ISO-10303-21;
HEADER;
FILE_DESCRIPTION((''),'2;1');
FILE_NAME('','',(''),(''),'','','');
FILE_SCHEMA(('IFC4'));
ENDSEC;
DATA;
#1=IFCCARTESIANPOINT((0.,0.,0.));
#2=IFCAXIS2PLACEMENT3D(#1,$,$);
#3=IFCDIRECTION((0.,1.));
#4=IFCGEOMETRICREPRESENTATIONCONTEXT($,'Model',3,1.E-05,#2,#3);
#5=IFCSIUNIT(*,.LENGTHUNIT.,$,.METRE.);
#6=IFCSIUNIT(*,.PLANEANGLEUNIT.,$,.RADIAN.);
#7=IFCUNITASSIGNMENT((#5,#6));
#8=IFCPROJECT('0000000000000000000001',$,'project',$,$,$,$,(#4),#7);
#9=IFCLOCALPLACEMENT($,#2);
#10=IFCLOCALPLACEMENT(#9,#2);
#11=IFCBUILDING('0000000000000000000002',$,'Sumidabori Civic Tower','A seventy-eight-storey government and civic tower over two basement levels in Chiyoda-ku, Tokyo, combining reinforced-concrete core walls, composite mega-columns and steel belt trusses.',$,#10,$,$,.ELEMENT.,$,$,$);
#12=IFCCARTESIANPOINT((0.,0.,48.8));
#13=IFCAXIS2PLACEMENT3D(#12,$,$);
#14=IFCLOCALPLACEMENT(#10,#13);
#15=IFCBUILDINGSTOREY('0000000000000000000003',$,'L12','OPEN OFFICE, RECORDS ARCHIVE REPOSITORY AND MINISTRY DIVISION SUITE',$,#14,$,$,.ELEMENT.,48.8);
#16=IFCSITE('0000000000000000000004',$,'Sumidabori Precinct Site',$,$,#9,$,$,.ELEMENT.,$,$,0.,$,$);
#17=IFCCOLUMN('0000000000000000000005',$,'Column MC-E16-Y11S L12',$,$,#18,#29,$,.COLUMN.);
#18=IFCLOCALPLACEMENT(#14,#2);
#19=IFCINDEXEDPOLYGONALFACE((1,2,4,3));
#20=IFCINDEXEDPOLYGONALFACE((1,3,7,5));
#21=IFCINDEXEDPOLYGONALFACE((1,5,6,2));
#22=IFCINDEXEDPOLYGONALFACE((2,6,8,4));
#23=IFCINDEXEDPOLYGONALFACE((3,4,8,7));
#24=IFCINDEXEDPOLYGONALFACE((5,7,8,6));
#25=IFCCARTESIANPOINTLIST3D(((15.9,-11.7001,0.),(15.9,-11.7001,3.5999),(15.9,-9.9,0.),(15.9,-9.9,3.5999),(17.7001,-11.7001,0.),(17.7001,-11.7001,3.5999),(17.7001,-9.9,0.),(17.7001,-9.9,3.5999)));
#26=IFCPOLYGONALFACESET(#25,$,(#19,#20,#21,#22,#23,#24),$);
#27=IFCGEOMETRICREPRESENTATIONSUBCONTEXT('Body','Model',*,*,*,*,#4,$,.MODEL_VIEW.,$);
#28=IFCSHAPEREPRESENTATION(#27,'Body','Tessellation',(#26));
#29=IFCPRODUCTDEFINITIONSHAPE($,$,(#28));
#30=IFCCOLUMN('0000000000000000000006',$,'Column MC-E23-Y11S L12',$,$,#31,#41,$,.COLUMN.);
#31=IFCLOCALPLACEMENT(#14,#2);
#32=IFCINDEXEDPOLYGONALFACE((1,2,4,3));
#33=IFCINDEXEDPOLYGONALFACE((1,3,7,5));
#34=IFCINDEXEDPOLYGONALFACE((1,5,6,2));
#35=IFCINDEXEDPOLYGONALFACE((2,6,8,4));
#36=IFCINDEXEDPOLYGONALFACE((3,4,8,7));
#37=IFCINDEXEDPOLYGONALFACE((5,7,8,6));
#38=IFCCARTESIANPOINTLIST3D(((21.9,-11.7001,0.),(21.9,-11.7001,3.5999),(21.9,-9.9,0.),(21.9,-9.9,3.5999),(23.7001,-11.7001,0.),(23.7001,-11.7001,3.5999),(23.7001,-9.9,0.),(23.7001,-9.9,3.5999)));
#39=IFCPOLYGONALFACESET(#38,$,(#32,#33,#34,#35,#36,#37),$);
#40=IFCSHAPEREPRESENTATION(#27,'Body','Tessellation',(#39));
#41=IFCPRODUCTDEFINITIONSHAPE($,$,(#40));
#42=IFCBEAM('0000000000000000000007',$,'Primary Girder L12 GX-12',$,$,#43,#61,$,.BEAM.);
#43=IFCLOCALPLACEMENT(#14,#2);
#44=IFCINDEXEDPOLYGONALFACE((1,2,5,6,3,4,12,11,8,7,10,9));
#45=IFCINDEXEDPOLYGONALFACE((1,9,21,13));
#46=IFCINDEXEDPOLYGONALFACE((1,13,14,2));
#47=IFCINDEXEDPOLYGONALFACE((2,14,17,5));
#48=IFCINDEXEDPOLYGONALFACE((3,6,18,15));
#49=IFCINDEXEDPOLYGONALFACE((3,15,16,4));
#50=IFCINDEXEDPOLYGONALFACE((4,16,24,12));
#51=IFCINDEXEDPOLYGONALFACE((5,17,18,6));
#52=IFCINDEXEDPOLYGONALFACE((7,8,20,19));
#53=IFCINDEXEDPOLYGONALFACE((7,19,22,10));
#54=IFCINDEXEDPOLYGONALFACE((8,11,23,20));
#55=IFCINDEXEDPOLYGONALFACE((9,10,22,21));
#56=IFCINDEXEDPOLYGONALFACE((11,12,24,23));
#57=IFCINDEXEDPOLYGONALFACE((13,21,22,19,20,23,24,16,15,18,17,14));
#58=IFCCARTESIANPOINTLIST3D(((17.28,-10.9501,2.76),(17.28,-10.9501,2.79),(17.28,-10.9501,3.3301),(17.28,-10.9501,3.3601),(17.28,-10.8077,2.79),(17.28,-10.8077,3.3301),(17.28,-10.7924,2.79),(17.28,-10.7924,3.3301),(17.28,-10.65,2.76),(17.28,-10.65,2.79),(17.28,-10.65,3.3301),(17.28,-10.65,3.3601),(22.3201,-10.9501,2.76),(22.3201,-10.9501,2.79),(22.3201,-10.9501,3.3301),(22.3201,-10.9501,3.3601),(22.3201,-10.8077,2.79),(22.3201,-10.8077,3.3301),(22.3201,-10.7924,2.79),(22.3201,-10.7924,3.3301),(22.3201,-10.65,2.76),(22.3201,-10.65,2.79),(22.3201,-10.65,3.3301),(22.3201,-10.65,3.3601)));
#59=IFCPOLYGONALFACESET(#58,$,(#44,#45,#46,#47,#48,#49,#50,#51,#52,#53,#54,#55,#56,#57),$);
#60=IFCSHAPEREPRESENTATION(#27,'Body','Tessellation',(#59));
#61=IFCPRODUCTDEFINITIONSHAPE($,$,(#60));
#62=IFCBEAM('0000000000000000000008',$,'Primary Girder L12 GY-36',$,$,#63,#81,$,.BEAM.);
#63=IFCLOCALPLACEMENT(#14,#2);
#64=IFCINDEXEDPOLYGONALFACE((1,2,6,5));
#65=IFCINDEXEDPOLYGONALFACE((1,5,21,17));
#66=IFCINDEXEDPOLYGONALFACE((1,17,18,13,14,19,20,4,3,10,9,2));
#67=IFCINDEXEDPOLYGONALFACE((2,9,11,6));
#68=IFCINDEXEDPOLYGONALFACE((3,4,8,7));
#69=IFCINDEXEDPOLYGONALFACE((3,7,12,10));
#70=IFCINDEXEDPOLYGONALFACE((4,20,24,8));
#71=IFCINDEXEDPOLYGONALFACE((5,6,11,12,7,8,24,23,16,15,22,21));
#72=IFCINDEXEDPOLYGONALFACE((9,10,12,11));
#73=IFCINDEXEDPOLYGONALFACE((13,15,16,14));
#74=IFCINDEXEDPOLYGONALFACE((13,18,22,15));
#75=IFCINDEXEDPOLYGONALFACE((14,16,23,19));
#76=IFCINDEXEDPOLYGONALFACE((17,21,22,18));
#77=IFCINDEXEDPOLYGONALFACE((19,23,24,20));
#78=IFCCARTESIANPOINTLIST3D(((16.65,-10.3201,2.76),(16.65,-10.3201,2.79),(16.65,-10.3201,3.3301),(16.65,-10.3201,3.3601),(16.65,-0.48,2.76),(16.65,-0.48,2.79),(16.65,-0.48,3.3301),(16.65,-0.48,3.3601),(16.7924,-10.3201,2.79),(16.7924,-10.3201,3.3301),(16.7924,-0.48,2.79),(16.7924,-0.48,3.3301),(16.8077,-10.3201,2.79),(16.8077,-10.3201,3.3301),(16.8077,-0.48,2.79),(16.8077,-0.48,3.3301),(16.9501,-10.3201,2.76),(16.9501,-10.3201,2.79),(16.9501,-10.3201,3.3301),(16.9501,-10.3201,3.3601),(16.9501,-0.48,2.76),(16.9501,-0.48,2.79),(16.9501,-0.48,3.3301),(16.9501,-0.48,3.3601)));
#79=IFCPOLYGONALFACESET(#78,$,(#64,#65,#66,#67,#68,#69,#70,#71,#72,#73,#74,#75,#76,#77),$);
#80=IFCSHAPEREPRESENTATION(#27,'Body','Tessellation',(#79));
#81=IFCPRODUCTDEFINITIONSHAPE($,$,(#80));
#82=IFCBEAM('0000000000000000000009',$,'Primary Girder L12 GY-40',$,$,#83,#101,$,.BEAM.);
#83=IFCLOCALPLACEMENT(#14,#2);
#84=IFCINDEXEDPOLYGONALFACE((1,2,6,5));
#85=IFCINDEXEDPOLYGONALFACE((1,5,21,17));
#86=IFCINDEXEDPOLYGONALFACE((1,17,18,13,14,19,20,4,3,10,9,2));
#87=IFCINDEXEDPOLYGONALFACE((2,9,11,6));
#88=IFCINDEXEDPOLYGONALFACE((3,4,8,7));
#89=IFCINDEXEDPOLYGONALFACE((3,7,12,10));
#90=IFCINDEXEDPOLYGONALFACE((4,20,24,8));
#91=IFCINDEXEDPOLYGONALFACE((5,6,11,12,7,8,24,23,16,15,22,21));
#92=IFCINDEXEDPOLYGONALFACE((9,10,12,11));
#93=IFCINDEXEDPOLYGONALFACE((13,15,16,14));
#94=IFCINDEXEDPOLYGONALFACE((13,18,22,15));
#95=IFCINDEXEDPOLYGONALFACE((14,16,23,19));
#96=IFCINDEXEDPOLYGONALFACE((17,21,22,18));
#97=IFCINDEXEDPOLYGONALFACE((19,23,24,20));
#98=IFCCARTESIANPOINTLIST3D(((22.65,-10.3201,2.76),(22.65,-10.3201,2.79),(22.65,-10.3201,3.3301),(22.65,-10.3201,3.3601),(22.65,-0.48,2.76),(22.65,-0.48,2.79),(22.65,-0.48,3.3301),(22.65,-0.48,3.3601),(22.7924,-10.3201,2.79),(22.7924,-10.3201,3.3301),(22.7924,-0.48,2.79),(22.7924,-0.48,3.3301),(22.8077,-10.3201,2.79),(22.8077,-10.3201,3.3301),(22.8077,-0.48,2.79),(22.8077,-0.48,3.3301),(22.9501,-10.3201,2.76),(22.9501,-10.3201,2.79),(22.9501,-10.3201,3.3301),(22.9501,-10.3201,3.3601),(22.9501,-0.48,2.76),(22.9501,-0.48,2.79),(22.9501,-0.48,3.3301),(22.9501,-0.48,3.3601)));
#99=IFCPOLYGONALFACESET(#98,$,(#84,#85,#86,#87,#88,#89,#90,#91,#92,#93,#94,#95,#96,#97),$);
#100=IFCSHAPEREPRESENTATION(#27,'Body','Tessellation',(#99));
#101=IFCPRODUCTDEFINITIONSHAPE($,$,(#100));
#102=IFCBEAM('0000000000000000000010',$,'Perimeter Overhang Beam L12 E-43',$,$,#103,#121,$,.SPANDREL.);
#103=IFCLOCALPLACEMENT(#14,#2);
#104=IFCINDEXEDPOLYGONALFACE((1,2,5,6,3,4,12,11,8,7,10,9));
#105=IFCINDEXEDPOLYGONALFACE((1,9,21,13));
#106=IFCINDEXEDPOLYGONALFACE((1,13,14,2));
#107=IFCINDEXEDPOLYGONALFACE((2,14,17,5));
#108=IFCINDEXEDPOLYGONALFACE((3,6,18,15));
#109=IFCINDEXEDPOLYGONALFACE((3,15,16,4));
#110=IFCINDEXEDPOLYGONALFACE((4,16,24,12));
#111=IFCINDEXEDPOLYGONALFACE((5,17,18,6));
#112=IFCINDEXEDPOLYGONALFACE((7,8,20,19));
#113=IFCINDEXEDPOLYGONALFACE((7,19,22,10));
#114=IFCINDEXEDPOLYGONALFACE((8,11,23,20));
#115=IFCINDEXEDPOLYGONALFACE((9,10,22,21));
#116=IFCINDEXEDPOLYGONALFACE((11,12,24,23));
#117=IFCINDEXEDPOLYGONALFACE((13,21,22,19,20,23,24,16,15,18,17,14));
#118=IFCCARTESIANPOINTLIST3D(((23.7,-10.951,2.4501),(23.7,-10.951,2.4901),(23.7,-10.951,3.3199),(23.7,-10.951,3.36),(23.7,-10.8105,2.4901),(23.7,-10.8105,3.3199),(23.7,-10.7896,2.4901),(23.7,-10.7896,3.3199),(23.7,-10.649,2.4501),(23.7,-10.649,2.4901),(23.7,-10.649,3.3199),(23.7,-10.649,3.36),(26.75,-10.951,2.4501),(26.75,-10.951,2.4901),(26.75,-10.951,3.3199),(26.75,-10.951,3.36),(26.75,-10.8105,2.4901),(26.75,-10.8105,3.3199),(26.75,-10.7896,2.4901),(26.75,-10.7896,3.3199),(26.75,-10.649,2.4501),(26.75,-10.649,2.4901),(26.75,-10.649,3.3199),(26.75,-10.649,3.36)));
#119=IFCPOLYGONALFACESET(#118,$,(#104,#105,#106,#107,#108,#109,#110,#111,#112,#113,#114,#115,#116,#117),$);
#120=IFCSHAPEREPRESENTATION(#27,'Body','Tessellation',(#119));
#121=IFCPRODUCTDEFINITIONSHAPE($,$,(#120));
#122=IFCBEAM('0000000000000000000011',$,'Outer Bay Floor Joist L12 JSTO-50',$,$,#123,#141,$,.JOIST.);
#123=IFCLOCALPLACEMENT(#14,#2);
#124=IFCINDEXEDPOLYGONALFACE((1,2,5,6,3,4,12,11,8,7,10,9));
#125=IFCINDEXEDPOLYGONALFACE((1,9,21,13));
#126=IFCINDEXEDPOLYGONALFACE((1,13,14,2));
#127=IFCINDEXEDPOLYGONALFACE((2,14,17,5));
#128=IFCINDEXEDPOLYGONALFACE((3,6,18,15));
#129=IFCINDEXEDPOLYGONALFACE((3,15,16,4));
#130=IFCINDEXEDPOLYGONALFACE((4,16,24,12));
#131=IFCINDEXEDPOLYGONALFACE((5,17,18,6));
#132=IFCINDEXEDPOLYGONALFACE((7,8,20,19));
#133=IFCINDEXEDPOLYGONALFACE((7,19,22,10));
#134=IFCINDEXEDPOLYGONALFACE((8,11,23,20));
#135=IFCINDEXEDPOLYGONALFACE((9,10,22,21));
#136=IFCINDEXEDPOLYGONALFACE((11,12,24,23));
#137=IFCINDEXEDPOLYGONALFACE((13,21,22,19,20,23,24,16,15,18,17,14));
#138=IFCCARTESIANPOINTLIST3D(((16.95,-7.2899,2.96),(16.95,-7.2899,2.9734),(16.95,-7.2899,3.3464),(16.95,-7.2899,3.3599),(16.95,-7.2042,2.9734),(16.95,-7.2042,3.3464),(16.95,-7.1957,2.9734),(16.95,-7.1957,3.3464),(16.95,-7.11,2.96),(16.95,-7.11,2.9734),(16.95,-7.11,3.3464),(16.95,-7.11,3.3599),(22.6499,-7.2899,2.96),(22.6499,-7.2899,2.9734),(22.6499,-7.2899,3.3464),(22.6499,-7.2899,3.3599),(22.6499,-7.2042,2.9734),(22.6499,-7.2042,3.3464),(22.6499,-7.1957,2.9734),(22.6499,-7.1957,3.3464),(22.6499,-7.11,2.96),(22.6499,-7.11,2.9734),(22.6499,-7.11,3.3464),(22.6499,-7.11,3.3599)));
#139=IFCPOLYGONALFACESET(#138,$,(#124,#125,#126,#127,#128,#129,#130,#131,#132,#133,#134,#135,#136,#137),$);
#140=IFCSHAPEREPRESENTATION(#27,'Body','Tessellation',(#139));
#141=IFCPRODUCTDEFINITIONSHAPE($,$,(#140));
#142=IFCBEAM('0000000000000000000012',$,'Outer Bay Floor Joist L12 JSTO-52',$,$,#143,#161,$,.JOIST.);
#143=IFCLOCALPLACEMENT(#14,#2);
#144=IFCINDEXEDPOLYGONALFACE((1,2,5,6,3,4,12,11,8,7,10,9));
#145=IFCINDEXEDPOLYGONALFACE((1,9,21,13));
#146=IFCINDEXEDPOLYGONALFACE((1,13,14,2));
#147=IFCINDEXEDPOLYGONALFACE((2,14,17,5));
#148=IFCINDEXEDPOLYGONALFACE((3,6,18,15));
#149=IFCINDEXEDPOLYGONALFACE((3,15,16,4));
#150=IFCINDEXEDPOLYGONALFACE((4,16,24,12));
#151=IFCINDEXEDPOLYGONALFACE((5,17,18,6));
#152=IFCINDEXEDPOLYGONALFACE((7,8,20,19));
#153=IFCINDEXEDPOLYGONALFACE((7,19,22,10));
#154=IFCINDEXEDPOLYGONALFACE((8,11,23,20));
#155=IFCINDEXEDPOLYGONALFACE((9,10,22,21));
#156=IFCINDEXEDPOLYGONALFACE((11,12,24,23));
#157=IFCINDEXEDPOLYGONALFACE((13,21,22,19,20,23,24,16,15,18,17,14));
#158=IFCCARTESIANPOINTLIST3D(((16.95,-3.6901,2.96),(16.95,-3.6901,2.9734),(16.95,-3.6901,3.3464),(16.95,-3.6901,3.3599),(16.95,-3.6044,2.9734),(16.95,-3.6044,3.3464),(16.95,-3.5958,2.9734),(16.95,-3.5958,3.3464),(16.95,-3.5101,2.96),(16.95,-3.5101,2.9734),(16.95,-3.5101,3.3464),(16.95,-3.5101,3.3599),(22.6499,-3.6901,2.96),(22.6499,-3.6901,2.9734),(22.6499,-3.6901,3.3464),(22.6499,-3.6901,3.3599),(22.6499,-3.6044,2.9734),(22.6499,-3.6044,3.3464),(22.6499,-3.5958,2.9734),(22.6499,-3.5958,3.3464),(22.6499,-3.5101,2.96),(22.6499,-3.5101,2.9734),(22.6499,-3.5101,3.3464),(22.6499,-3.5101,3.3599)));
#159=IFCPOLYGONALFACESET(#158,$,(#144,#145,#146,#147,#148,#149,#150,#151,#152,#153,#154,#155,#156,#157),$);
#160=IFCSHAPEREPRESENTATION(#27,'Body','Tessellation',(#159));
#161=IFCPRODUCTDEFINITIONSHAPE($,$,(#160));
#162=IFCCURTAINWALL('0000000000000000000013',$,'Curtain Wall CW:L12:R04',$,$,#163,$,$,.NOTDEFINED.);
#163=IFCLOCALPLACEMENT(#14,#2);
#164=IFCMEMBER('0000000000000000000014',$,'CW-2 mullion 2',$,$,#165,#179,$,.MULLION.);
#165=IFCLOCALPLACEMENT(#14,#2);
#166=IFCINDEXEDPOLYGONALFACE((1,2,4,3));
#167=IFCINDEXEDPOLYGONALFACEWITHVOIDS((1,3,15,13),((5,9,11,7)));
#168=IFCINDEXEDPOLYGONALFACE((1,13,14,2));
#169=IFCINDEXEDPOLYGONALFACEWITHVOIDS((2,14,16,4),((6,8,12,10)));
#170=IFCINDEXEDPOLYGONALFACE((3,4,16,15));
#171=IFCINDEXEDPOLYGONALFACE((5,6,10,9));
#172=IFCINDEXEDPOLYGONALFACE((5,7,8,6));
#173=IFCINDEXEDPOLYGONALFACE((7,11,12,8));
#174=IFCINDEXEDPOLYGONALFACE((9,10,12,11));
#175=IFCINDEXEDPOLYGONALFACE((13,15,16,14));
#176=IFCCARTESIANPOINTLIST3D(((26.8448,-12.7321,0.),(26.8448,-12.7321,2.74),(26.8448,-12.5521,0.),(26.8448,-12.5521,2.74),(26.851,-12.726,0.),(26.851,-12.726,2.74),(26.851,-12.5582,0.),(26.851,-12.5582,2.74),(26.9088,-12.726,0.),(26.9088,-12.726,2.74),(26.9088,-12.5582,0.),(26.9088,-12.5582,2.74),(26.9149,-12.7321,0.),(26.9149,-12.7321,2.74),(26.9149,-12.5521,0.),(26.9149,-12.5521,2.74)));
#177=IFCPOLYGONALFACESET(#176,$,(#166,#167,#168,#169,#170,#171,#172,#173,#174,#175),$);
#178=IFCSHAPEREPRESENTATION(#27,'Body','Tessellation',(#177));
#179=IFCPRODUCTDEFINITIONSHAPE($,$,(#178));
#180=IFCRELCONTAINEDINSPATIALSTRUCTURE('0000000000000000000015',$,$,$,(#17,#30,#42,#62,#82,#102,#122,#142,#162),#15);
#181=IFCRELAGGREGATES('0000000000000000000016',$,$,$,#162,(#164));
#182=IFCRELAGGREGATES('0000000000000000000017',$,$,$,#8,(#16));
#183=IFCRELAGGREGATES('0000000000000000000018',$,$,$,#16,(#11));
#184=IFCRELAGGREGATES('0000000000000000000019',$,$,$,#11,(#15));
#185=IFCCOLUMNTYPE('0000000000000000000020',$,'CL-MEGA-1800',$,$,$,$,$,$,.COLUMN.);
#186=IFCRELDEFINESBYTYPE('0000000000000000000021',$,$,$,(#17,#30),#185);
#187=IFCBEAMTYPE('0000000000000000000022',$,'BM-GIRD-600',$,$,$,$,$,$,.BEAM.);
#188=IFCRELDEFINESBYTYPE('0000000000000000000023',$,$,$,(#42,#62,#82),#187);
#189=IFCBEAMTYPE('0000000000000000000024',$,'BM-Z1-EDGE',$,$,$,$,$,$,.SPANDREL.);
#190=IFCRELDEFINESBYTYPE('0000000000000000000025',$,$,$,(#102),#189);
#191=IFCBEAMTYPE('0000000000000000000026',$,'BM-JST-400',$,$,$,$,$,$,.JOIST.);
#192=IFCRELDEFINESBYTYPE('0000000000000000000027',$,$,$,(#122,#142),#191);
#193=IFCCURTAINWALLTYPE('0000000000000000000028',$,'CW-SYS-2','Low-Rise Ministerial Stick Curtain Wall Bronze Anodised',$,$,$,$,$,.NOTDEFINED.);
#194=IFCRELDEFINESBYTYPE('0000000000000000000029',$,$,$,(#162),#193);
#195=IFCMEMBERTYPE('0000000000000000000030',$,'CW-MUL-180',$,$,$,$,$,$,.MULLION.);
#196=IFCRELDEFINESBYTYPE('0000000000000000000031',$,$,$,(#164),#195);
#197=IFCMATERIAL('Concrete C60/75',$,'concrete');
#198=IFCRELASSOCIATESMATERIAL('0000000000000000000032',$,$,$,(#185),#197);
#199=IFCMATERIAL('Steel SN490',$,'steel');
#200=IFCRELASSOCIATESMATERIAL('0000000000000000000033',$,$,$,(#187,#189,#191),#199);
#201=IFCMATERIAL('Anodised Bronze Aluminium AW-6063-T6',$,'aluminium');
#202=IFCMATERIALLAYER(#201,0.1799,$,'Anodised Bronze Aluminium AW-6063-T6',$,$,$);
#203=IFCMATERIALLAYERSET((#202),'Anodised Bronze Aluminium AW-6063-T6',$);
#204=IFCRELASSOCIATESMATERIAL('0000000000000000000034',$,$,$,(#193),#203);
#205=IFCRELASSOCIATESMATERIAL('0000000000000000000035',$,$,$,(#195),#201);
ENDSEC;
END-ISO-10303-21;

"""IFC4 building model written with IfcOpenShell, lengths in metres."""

from ifc_helpers import new_model, si_unit, direction, frame, origin, origin_2d, place, context, subcontext, project, spatial, rectangle, hollow_rectangle, i_section, extrude, source, transform, mapped, material, layer, layer_set, material_profile, profile_set, type_object, element, aggregate, save


model = new_model("IFC4")

# Units and contexts
model_context = context("Model", 3, precision=1e-05, world=origin(), true_north=direction((0.0, 1.0)))
body_context = subcontext(model_context, "Body", "Model", "MODEL_VIEW")
ifc_project = project(units=[si_unit("LENGTHUNIT", "METRE"), si_unit("PLANEANGLEUNIT", "RADIAN")], contexts=[model_context])

# Site, building, storey
site_placement = place(None, origin())
site = spatial("IfcSite", under=ifc_project, at=site_placement, Name="Sumidabori Precinct Site", CompositionType="ELEMENT", RefElevation=0.0)
building_placement = place(site_placement, origin())
building = spatial("IfcBuilding", under=site, at=building_placement, Name="Sumidabori Civic Tower", Description="A seventy-eight-storey government and civic tower over two basement levels in Chiyoda-ku, Tokyo, combining reinforced-concrete core walls, composite mega-columns and steel belt trusses.", CompositionType="ELEMENT")
storey_placement = place(building_placement, frame((0.0, 0.0, 48.8)))
storey = spatial("IfcBuildingStorey", under=building, at=storey_placement, Name="L12", Description="OPEN OFFICE, RECORDS ARCHIVE REPOSITORY AND MINISTRY DIVISION SUITE", CompositionType="ELEMENT", Elevation=48.8)

# Columns
ifc_material_1 = material(Name="Concrete C60/75", Category="concrete")
ifc_material_profile_1 = material_profile(ifc_material_1, rectangle(XDim=1.8, YDim=1.8, at=origin_2d()), Name="RC 1800x1800")
ifc_profile_set_1 = profile_set([ifc_material_profile_1], Name="Concrete C60/75")
column_type = type_object("IfcColumnType", Name="CL-MEGA-1800", PredefinedType="COLUMN", material=ifc_profile_set_1)
shared_shape_1 = source(origin(), body_context, "Body", "SweptSolid", [
    extrude(rectangle(XDim=1.8, YDim=1.8, at=origin_2d()), origin(), (0.0, 0.0, 1.0), 3.5999),
])
for number, where, z_axis, x_axis, name in (
    (1, (16.8, -10.8, 0.0), (0.0, 0.0, 1.0), (1.0, 0.0, 0.0), "Column MC-E16-Y11S L12"),
    (2, (22.8, -10.8, 0.0), (0.0, 0.0, 1.0), (1.0, 0.0, 0.0), "Column MC-E23-Y11S L12"),
):
    element("IfcColumn", number, at=place(storey_placement, frame(where, z_axis=z_axis, x_axis=x_axis)), inside=storey, type_object=column_type, Name=name, PredefinedType="COLUMN", context=body_context, shape_type="MappedRepresentation", body=[
        mapped(shared_shape_1, transform((0.0, 0.0, 0.0), x_axis=(1.0, 0.0, 0.0), y_axis=(0.0, 1.0, 0.0), z_axis=(0.0, 0.0, 1.0), scale=1.0)),
    ])

# Beams
ifc_material_2 = material(Name="Steel SN490", Category="steel")
ifc_material_profile_2 = material_profile(ifc_material_2, i_section(OverallWidth=0.3, OverallDepth=0.6001, WebThickness=0.0154, FlangeThickness=0.03, at=origin_2d()), Name="HE 600 B")
ifc_profile_set_2 = profile_set([ifc_material_profile_2], Name="Steel SN490")
beam_type_1 = type_object("IfcBeamType", Name="BM-GIRD-600", PredefinedType="BEAM", material=ifc_profile_set_2)
shared_shape_2 = source(origin(), body_context, "Body", "SweptSolid", [
    extrude(i_section(OverallWidth=0.3, OverallDepth=0.6001, WebThickness=0.0154, FlangeThickness=0.03, at=origin_2d()), origin(), (0.0, 0.0, 1.0), 5.04),
])
beam_1_placement = place(storey_placement, frame((17.28, -10.8, 3.0601), z_axis=(1.0, 0.0, 0.0), x_axis=(0.0, 1.0, 0.0)))
element("IfcBeam", 3, at=beam_1_placement, inside=storey, type_object=beam_type_1, Name="Primary Girder L12 GX-12", PredefinedType="BEAM", context=body_context, shape_type="MappedRepresentation", body=[
    mapped(shared_shape_2, transform((0.0, 0.0, 0.0), x_axis=(1.0, 0.0, 0.0), y_axis=(0.0, 1.0, 0.0), z_axis=(0.0, 0.0, 1.0), scale=1.0)),
])
shared_shape_3 = source(origin(), body_context, "Body", "SweptSolid", [
    extrude(i_section(OverallWidth=0.3, OverallDepth=0.6001, WebThickness=0.0154, FlangeThickness=0.03, at=origin_2d()), origin(), (0.0, 0.0, 1.0), 9.8401),
])
for number, where, z_axis, x_axis, name in (
    (4, (16.8, -10.3201, 3.0601), (0.0, 1.0, 0.0), (-1.0, 0.0, 0.0), "Primary Girder L12 GY-36"),
    (5, (22.8, -10.3201, 3.0601), (0.0, 1.0, 0.0), (-1.0, 0.0, 0.0), "Primary Girder L12 GY-40"),
):
    element("IfcBeam", number, at=place(storey_placement, frame(where, z_axis=z_axis, x_axis=x_axis)), inside=storey, type_object=beam_type_1, Name=name, PredefinedType="BEAM", context=body_context, shape_type="MappedRepresentation", body=[
        mapped(shared_shape_3, transform((0.0, 0.0, 0.0), x_axis=(1.0, 0.0, 0.0), y_axis=(0.0, 1.0, 0.0), z_axis=(0.0, 0.0, 1.0), scale=1.0)),
    ])
ifc_material_profile_3 = material_profile(ifc_material_2, i_section(OverallWidth=0.302, OverallDepth=0.9099, WebThickness=0.021, FlangeThickness=0.04, at=origin_2d()), Name="HE 900 M")
ifc_profile_set_3 = profile_set([ifc_material_profile_3], Name="Steel SN490")
beam_type_2 = type_object("IfcBeamType", Name="BM-Z1-EDGE", PredefinedType="SPANDREL", material=ifc_profile_set_3)
shared_shape_4 = source(origin(), body_context, "Body", "SweptSolid", [
    extrude(i_section(OverallWidth=0.302, OverallDepth=0.9099, WebThickness=0.021, FlangeThickness=0.04, at=origin_2d()), origin(), (0.0, 0.0, 1.0), 3.05),
])
beam_2_placement = place(storey_placement, frame((23.7, -10.8, 2.905), z_axis=(1.0, 0.0, 0.0), x_axis=(0.0, 1.0, 0.0)))
element("IfcBeam", 6, at=beam_2_placement, inside=storey, type_object=beam_type_2, Name="Perimeter Overhang Beam L12 E-43", PredefinedType="SPANDREL", context=body_context, shape_type="MappedRepresentation", body=[
    mapped(shared_shape_4, transform((0.0, 0.0, 0.0), x_axis=(1.0, 0.0, 0.0), y_axis=(0.0, 1.0, 0.0), z_axis=(0.0, 0.0, 1.0), scale=1.0)),
])
ifc_material_profile_4 = material_profile(ifc_material_2, i_section(OverallWidth=0.1799, OverallDepth=0.3999, WebThickness=0.0085, FlangeThickness=0.0134, at=origin_2d()), Name="IPE 400")
ifc_profile_set_4 = profile_set([ifc_material_profile_4], Name="Steel SN490")
beam_type_3 = type_object("IfcBeamType", Name="BM-JST-400", PredefinedType="JOIST", material=ifc_profile_set_4)
shared_shape_5 = source(origin(), body_context, "Body", "SweptSolid", [
    extrude(i_section(OverallWidth=0.1799, OverallDepth=0.3999, WebThickness=0.0085, FlangeThickness=0.0134, at=origin_2d()), origin(), (0.0, 0.0, 1.0), 5.7),
])
for number, where, z_axis, x_axis, name in (
    (7, (16.95, -7.2, 3.1599), (1.0, 0.0, 0.0), (0.0, 1.0, 0.0), "Outer Bay Floor Joist L12 JSTO-50"),
    (8, (16.95, -3.6001, 3.1599), (1.0, 0.0, 0.0), (0.0, 1.0, 0.0), "Outer Bay Floor Joist L12 JSTO-52"),
):
    element("IfcBeam", number, at=place(storey_placement, frame(where, z_axis=z_axis, x_axis=x_axis)), inside=storey, type_object=beam_type_3, Name=name, PredefinedType="JOIST", context=body_context, shape_type="MappedRepresentation", body=[
        mapped(shared_shape_5, transform((0.0, 0.0, 0.0), x_axis=(1.0, 0.0, 0.0), y_axis=(0.0, 1.0, 0.0), z_axis=(0.0, 0.0, 1.0), scale=1.0)),
    ])

# Curtain wall, member
ifc_material_3 = material(Name="Anodised Bronze Aluminium AW-6063-T6", Category="aluminium")
ifc_layer_1 = layer(ifc_material_3, 0.1799, Name="Anodised Bronze Aluminium AW-6063-T6")
ifc_layer_set_1 = layer_set([ifc_layer_1], Name="Anodised Bronze Aluminium AW-6063-T6")
curtain_wall_type = type_object("IfcCurtainWallType", Name="CW-SYS-2", Description="Low-Rise Ministerial Stick Curtain Wall Bronze Anodised", PredefinedType="NOTDEFINED", material=ifc_layer_set_1)
curtain_wall_placement = place(storey_placement, origin())
curtain_wall = element("IfcCurtainWall", 9, at=curtain_wall_placement, inside=storey, type_object=curtain_wall_type, Name="Curtain Wall CW:L12:R04", PredefinedType="NOTDEFINED")
ifc_material_profile_5 = material_profile(ifc_material_3, hollow_rectangle(XDim=0.0701, YDim=0.1799, WallThickness=0.0061, at=origin_2d()), Name="ALU MULLION 180x70")
ifc_profile_set_5 = profile_set([ifc_material_profile_5], Name="Anodised Bronze Aluminium AW-6063-T6")
member_type_1 = type_object("IfcMemberType", Name="CW-MUL-180", PredefinedType="MULLION", material=ifc_profile_set_5)
shared_shape_6 = source(origin(), body_context, "Body", "SweptSolid", [
    extrude(hollow_rectangle(XDim=0.0701, YDim=0.1799, WallThickness=0.0061, at=origin_2d()), origin(), (0.0, 0.0, 1.0), 2.74),
])
member_1_placement = place(storey_placement, frame((26.8799, -12.6421, 0.0), z_axis=(0.0, 0.0, 1.0), x_axis=(-1.0, 0.0, 0.0)))
member_1 = element("IfcMember", 10, at=member_1_placement, type_object=member_type_1, Name="CW-2 mullion 2", PredefinedType="MULLION", context=body_context, shape_type="MappedRepresentation", body=[
    mapped(shared_shape_6, transform((0.0, 0.0, 0.0), x_axis=(1.0, 0.0, 0.0), y_axis=(0.0, 1.0, 0.0), z_axis=(0.0, 0.0, 1.0), scale=1.0)),
])
aggregate(curtain_wall, [member_1])

save(model, "model.ifc")
